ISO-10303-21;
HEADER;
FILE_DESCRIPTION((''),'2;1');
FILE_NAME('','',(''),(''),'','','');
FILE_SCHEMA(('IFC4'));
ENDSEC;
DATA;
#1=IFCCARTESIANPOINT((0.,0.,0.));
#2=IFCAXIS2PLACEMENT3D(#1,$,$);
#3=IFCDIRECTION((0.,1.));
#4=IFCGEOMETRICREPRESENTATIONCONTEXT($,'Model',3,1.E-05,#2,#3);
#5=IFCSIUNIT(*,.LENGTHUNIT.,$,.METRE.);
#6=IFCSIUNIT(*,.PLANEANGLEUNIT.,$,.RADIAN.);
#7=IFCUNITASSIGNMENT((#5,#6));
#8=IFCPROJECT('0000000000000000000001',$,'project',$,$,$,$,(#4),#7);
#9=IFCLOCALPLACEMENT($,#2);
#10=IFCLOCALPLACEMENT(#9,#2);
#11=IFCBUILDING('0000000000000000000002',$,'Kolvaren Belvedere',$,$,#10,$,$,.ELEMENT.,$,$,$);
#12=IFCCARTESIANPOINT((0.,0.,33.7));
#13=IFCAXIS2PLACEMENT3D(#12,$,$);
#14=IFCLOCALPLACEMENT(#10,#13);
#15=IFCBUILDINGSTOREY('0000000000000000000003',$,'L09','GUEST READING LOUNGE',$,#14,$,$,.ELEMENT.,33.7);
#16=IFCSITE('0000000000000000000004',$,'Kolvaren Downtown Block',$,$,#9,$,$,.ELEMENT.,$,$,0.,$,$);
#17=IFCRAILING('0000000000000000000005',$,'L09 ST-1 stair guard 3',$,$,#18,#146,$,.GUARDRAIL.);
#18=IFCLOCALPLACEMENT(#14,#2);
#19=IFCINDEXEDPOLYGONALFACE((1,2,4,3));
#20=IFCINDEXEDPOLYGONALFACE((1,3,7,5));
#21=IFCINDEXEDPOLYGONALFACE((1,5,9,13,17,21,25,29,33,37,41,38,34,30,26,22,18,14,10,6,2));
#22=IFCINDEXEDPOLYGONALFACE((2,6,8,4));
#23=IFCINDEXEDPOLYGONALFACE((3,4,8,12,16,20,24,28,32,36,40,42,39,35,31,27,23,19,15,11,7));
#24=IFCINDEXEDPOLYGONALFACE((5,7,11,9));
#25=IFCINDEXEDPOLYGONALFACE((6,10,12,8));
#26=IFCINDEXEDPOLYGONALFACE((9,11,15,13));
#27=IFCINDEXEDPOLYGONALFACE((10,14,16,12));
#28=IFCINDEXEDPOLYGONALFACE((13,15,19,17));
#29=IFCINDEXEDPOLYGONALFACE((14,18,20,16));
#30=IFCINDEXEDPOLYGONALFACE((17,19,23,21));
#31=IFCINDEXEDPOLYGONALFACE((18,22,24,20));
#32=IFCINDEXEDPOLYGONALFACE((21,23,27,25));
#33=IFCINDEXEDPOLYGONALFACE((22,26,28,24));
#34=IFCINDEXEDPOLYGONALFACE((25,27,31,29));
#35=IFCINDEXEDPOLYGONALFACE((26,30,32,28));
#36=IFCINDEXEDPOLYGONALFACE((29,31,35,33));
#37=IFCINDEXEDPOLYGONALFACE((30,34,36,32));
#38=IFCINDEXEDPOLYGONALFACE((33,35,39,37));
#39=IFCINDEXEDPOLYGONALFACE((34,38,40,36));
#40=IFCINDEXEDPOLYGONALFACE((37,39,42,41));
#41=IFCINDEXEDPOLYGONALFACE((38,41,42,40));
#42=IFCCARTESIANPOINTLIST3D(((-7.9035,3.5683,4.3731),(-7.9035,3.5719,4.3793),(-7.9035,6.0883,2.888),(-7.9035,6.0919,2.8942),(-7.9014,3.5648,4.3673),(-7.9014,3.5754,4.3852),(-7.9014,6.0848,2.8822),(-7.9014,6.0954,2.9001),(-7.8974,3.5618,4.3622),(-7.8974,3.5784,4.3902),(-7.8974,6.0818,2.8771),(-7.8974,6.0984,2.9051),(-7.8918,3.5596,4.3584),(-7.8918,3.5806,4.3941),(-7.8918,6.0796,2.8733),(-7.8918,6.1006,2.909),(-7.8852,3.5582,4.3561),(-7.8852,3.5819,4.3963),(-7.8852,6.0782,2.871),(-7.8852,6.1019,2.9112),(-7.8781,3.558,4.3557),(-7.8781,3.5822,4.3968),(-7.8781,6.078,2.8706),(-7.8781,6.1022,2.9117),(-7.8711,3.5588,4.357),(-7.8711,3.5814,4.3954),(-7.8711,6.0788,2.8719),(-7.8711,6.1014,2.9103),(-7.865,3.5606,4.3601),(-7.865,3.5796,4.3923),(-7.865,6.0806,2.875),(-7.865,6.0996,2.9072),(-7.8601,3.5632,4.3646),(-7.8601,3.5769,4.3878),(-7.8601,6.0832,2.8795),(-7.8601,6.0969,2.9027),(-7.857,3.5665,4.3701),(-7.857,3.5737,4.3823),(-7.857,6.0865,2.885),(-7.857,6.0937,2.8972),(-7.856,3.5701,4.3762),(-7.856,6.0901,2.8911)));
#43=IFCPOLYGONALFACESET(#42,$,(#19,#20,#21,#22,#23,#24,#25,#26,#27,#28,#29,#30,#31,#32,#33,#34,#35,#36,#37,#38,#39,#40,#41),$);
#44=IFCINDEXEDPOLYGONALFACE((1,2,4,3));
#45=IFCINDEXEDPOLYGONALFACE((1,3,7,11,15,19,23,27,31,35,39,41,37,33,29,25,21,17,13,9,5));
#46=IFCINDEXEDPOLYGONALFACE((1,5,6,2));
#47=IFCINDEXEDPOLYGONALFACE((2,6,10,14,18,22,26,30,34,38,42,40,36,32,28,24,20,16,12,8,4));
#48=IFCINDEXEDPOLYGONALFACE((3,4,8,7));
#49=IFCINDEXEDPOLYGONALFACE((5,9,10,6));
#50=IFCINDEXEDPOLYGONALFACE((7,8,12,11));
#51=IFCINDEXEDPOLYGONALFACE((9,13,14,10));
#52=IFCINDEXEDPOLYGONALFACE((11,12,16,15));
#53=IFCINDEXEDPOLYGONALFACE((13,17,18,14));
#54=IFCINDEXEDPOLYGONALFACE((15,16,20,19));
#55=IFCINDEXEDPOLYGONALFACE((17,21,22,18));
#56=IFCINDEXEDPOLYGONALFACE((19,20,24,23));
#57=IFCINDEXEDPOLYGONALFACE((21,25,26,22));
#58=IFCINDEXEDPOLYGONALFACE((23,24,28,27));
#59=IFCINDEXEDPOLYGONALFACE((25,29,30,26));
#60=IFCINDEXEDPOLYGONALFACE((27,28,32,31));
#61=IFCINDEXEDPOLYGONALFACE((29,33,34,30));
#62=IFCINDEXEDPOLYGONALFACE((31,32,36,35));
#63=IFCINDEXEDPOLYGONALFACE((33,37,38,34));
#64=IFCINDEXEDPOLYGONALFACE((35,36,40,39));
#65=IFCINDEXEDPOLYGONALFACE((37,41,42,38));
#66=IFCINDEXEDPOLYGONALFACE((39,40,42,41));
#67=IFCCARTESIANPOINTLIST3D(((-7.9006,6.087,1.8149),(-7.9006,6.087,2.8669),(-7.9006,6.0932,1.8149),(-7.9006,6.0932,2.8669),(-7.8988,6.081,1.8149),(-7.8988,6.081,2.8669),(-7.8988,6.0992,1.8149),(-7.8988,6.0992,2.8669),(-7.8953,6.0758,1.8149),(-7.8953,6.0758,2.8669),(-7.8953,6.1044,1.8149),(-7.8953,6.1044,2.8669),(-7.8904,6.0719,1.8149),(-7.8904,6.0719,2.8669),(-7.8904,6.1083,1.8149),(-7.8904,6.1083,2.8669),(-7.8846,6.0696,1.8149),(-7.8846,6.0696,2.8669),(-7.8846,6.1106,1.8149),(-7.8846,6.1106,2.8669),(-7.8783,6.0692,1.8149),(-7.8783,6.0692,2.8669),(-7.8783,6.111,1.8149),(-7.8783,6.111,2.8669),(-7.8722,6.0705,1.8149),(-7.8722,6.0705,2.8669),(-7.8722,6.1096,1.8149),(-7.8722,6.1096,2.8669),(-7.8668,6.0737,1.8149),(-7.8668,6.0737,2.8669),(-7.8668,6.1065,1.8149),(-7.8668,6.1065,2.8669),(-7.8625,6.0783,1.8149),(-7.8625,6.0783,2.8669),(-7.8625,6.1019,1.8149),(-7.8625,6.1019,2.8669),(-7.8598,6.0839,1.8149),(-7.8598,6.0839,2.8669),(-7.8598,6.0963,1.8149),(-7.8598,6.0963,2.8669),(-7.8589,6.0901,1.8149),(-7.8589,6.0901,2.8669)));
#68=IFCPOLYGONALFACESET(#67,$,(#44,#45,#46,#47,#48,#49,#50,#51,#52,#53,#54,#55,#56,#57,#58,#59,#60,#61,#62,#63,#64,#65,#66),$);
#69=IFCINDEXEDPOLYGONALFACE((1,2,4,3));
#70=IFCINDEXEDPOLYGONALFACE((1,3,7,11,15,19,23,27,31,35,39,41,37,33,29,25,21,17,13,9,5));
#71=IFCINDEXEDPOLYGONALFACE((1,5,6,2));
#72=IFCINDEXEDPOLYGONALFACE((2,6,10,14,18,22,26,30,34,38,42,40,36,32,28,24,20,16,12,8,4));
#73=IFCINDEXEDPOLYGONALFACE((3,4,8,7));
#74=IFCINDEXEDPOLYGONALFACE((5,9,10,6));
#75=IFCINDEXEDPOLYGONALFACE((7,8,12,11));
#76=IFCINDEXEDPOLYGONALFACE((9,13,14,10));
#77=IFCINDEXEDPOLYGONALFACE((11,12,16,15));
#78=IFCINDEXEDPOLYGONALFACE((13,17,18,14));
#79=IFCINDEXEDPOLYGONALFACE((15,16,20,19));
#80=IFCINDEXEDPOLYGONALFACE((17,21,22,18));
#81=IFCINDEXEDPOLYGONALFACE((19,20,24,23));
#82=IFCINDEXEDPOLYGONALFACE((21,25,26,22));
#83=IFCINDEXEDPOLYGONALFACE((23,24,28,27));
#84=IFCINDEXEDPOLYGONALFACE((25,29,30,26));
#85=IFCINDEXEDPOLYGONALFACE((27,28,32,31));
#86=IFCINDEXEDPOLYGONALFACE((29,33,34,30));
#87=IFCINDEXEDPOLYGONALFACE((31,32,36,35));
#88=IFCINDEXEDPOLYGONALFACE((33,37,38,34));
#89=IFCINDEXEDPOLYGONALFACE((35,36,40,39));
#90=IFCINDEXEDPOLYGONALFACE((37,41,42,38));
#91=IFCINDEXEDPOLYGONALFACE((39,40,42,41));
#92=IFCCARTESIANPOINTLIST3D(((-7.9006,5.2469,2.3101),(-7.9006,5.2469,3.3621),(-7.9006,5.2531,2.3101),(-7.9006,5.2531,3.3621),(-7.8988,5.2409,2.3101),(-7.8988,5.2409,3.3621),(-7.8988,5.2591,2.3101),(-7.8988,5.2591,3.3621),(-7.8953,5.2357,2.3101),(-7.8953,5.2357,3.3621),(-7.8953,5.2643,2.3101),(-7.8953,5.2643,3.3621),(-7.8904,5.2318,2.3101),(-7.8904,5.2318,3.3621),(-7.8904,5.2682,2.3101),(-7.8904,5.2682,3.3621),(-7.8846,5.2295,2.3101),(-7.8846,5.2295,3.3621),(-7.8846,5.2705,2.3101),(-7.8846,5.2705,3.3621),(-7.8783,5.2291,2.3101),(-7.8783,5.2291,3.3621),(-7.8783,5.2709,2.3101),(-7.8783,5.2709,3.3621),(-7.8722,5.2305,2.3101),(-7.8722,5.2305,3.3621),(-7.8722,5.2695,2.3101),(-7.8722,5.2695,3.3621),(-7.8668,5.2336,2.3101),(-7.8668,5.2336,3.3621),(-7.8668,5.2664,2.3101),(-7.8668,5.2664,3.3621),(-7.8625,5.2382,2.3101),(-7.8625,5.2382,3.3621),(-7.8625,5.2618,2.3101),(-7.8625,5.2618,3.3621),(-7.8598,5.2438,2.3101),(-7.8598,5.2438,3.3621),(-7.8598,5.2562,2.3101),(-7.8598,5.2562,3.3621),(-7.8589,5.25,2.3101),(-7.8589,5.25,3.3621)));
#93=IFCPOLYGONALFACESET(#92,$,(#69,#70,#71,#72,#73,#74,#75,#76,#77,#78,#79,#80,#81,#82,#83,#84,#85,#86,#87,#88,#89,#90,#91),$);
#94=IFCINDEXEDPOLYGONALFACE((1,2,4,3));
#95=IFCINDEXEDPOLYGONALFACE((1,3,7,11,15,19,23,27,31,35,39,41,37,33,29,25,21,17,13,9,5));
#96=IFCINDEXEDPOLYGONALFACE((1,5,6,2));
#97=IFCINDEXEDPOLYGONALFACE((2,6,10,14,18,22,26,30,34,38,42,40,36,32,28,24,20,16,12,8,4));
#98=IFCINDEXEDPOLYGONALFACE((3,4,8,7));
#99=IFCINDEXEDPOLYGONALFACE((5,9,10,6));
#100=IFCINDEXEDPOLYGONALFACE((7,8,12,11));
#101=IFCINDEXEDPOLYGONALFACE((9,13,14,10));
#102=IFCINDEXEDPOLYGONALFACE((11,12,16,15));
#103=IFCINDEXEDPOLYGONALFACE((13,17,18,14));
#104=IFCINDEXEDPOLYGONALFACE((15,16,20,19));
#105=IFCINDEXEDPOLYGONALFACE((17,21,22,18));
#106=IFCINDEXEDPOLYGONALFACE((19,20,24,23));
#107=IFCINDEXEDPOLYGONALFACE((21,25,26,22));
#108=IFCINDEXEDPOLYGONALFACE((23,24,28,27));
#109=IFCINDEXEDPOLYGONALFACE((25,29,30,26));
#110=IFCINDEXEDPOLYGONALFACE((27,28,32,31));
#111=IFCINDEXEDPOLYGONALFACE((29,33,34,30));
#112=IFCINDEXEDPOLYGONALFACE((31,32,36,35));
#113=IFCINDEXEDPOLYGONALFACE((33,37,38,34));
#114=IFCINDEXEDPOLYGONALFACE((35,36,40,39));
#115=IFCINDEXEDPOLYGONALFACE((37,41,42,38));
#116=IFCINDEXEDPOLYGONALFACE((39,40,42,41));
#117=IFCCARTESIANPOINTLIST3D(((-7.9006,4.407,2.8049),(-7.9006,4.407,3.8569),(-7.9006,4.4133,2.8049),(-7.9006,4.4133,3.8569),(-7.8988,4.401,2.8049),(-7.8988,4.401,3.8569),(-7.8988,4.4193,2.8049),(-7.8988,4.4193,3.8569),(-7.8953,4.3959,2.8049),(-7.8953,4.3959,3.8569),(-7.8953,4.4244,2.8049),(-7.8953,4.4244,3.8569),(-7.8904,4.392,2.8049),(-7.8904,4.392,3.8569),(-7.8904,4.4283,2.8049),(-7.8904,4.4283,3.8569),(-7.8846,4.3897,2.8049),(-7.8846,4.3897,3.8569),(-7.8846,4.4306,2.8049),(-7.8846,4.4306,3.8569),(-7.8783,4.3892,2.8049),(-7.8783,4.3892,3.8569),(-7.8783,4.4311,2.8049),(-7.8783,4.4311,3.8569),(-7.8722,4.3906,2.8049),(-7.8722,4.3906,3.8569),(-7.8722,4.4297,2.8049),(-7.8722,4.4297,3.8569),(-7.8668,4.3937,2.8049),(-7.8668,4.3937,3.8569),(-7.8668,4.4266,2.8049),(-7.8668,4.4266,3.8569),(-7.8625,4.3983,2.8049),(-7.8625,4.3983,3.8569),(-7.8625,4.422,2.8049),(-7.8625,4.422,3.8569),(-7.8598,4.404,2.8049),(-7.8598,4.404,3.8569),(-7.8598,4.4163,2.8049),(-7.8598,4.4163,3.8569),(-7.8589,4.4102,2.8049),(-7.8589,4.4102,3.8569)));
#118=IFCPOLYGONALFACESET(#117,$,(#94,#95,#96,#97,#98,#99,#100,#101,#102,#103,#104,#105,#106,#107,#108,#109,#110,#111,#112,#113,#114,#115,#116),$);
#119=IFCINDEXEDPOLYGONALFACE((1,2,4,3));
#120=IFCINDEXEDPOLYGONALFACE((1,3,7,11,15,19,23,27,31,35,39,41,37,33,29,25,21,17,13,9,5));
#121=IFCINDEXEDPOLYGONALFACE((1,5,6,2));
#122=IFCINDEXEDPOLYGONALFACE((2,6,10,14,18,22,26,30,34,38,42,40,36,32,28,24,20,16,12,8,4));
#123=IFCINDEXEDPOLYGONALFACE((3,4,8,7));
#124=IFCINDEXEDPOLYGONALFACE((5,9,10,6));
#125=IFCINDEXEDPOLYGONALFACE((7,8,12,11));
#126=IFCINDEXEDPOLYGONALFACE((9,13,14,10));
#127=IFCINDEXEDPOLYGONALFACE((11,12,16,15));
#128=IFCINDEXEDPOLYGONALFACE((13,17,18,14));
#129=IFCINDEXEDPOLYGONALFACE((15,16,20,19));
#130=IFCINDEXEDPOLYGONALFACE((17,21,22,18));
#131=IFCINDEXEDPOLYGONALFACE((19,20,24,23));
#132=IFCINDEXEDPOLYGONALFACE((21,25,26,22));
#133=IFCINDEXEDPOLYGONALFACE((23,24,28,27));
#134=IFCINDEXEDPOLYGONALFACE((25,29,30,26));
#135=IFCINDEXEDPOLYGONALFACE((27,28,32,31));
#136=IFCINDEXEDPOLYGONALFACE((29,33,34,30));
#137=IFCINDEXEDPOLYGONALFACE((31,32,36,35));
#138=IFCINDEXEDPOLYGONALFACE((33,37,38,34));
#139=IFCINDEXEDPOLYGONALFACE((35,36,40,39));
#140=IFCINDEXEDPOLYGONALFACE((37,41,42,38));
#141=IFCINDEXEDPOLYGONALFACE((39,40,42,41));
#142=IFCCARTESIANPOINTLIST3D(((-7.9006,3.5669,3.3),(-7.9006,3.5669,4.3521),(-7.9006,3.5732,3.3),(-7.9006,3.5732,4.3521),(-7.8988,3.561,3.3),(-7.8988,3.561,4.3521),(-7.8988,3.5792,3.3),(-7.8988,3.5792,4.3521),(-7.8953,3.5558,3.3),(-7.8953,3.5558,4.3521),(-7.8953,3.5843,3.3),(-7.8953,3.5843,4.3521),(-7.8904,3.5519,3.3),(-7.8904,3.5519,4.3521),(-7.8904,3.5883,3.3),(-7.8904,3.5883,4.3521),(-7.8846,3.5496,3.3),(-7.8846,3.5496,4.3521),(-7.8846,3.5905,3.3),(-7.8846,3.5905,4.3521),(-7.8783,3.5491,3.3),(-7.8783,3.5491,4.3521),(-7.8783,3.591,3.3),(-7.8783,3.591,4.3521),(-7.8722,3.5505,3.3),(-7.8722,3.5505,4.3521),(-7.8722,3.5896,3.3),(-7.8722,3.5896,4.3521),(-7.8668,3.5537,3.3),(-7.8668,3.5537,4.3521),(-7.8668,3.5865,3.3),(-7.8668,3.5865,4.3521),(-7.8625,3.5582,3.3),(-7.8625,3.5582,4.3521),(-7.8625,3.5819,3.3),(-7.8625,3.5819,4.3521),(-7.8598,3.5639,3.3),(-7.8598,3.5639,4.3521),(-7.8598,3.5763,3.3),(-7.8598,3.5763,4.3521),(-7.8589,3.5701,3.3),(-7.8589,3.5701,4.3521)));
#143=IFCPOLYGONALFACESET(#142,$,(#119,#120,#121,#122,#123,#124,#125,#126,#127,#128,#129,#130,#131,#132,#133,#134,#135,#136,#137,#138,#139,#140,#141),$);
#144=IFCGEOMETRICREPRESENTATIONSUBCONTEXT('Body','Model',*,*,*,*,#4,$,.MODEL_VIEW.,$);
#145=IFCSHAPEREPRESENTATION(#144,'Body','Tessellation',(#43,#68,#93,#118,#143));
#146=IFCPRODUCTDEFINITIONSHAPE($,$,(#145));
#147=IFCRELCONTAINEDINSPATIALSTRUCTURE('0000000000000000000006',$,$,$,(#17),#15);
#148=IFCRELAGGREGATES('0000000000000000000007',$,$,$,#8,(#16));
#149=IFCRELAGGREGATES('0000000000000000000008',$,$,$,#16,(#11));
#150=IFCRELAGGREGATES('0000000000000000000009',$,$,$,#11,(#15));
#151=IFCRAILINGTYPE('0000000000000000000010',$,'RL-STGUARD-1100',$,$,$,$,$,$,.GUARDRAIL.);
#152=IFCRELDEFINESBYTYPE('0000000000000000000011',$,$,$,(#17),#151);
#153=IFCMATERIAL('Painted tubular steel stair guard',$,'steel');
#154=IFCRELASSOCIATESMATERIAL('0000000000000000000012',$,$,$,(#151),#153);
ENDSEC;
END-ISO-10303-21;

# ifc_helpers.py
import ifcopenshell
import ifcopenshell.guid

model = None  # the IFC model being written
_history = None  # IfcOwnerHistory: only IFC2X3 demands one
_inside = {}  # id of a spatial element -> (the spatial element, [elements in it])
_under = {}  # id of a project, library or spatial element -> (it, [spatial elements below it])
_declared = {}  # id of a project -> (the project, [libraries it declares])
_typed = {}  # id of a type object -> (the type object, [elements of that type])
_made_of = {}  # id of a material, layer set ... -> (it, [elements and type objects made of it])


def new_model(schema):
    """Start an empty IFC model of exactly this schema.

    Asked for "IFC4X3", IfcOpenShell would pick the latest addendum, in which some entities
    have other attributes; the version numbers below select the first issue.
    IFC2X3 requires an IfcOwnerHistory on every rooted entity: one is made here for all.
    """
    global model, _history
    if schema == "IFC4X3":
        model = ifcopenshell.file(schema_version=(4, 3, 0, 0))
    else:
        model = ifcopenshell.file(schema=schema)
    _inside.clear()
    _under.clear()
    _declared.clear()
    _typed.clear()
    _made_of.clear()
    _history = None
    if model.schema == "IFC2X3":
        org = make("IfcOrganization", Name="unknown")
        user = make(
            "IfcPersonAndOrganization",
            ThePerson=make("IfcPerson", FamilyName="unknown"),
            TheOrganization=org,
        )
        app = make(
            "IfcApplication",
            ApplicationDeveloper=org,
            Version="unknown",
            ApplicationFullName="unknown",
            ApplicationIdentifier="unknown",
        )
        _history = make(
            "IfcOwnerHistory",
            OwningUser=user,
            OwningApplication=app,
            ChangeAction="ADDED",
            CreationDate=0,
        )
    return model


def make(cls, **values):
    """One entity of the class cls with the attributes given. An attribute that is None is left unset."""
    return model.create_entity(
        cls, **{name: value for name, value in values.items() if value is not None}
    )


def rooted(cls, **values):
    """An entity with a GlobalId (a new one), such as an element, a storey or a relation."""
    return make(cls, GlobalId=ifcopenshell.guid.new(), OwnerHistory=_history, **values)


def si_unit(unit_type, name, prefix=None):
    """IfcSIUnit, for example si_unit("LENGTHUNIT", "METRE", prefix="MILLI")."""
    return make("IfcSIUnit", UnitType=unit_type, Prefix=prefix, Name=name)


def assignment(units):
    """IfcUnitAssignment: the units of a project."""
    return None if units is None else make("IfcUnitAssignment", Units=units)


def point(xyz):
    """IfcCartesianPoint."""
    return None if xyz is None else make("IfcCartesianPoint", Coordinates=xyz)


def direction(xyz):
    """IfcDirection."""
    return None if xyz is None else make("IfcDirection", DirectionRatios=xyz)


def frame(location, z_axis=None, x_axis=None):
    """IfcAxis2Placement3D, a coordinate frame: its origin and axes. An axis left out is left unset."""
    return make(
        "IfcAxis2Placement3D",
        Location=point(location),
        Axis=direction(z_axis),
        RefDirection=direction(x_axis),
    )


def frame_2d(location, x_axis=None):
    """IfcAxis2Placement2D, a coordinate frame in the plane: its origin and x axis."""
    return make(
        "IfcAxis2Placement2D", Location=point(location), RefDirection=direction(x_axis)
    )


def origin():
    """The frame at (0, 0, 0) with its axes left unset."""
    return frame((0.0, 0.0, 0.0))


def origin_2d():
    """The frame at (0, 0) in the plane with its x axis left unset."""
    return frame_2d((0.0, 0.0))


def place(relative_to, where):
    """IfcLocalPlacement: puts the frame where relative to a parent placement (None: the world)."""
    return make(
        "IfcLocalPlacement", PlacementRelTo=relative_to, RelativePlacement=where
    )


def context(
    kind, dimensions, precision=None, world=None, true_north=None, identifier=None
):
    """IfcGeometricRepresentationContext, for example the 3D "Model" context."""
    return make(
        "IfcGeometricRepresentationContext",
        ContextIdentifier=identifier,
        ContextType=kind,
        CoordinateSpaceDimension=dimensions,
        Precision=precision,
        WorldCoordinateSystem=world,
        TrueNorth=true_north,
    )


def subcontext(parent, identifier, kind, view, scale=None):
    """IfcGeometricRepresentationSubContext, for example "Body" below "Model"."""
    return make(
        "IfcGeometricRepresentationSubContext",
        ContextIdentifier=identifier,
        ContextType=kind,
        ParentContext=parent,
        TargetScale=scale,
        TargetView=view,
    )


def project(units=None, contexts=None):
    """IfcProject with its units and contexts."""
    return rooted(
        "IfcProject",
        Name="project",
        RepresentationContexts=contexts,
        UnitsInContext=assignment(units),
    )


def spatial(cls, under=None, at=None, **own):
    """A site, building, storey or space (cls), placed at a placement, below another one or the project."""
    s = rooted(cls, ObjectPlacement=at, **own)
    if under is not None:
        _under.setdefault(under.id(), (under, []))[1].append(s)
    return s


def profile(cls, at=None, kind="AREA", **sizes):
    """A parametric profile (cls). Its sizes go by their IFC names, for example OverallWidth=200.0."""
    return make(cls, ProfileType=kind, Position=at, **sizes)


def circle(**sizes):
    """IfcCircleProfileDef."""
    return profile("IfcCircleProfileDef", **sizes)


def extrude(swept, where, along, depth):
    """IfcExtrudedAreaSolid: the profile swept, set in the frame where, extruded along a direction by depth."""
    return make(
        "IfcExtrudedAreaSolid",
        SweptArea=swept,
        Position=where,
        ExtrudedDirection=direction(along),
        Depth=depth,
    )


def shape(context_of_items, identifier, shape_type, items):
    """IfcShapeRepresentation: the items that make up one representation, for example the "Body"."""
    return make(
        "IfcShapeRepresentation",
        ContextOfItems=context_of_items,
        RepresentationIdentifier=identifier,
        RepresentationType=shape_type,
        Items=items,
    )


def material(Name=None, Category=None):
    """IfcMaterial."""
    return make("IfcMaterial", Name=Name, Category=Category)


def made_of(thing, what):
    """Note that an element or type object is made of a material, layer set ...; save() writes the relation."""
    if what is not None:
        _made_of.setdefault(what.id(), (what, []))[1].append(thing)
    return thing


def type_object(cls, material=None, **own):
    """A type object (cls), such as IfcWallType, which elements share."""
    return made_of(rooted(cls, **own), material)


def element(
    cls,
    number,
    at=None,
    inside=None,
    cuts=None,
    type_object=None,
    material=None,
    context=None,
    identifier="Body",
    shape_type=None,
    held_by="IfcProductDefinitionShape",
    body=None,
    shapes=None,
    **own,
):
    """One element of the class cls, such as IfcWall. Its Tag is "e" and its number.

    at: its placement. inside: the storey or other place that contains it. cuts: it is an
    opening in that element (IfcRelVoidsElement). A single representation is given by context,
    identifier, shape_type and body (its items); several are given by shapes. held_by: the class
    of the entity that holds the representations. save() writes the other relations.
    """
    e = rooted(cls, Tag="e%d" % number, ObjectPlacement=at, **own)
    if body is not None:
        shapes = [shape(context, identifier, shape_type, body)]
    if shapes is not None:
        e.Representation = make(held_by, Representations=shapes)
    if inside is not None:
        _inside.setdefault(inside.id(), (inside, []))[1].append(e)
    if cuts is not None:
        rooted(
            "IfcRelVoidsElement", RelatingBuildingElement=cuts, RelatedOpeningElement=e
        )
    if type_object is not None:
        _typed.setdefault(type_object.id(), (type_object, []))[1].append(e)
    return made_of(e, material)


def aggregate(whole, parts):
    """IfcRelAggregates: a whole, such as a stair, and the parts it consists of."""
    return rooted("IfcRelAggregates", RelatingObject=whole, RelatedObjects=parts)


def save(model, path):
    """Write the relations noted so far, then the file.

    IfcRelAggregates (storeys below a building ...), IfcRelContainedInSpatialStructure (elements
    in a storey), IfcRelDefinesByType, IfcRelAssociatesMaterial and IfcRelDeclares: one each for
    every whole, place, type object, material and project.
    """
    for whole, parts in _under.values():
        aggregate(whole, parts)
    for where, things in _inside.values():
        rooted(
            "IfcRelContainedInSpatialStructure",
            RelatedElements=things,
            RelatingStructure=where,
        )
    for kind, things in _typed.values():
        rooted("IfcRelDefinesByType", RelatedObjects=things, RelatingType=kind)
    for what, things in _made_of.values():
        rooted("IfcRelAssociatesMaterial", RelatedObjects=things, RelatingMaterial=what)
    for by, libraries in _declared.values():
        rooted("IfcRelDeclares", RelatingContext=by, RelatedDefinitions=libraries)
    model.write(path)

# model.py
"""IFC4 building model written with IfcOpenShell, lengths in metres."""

from ifc_helpers import new_model, si_unit, direction, frame, origin, origin_2d, place, context, subcontext, project, spatial, circle, extrude, material, type_object, element, save


model = new_model("IFC4")

# Units and contexts
model_context = context("Model", 3, precision=1e-05, world=origin(), true_north=direction((0.0, 1.0)))
body_context = subcontext(model_context, "Body", "Model", "MODEL_VIEW")
ifc_project = project(units=[si_unit("LENGTHUNIT", "METRE"), si_unit("PLANEANGLEUNIT", "RADIAN")], contexts=[model_context])

# Site, building, storey
site_placement = place(None, origin())
site = spatial("IfcSite", under=ifc_project, at=site_placement, Name="Kolvaren Downtown Block", CompositionType="ELEMENT", RefElevation=0.0)
building_placement = place(site_placement, origin())
building = spatial("IfcBuilding", under=site, at=building_placement, Name="Kolvaren Belvedere", CompositionType="ELEMENT")
storey_placement = place(building_placement, frame((0.0, 0.0, 33.7)))
storey = spatial("IfcBuildingStorey", under=building, at=storey_placement, Name="L09", Description="GUEST READING LOUNGE", CompositionType="ELEMENT", Elevation=33.7)

# Railing
ifc_material_1 = material(Name="Painted tubular steel stair guard", Category="steel")
railing_type_1 = type_object("IfcRailingType", Name="RL-STGUARD-1100", PredefinedType="GUARDRAIL", material=ifc_material_1)
railing_1_placement = place(storey_placement, frame((-7.8799, 6.0901, 1.8149)))
element("IfcRailing", 1, at=railing_1_placement, inside=storey, type_object=railing_type_1, Name="L09 ST-1 stair guard 3", PredefinedType="GUARDRAIL", context=body_context, shape_type="SweptSolid", body=[
    extrude(circle(Radius=0.0239, at=origin_2d()), frame((0.0, 0.0, 1.0762), z_axis=(0.0, -0.861524, 0.507717), x_axis=(1.0, 0.0, 0.0)), (0.0, 0.0, 1.0), 2.925),
    extrude(circle(Radius=0.021, at=origin_2d()), origin(), (0.0, 0.0, 1.0), 1.052),
    extrude(circle(Radius=0.021, at=origin_2d()), frame((0.0, -0.8401, 0.4951)), (0.0, 0.0, 1.0), 1.052),
    extrude(circle(Radius=0.021, at=origin_2d()), frame((0.0, -1.6799, 0.99)), (0.0, 0.0, 1.0), 1.052),
    extrude(circle(Radius=0.021, at=origin_2d()), frame((0.0, -2.52, 1.4851)), (0.0, 0.0, 1.0), 1.052),
])

save(model, "model.ifc")
